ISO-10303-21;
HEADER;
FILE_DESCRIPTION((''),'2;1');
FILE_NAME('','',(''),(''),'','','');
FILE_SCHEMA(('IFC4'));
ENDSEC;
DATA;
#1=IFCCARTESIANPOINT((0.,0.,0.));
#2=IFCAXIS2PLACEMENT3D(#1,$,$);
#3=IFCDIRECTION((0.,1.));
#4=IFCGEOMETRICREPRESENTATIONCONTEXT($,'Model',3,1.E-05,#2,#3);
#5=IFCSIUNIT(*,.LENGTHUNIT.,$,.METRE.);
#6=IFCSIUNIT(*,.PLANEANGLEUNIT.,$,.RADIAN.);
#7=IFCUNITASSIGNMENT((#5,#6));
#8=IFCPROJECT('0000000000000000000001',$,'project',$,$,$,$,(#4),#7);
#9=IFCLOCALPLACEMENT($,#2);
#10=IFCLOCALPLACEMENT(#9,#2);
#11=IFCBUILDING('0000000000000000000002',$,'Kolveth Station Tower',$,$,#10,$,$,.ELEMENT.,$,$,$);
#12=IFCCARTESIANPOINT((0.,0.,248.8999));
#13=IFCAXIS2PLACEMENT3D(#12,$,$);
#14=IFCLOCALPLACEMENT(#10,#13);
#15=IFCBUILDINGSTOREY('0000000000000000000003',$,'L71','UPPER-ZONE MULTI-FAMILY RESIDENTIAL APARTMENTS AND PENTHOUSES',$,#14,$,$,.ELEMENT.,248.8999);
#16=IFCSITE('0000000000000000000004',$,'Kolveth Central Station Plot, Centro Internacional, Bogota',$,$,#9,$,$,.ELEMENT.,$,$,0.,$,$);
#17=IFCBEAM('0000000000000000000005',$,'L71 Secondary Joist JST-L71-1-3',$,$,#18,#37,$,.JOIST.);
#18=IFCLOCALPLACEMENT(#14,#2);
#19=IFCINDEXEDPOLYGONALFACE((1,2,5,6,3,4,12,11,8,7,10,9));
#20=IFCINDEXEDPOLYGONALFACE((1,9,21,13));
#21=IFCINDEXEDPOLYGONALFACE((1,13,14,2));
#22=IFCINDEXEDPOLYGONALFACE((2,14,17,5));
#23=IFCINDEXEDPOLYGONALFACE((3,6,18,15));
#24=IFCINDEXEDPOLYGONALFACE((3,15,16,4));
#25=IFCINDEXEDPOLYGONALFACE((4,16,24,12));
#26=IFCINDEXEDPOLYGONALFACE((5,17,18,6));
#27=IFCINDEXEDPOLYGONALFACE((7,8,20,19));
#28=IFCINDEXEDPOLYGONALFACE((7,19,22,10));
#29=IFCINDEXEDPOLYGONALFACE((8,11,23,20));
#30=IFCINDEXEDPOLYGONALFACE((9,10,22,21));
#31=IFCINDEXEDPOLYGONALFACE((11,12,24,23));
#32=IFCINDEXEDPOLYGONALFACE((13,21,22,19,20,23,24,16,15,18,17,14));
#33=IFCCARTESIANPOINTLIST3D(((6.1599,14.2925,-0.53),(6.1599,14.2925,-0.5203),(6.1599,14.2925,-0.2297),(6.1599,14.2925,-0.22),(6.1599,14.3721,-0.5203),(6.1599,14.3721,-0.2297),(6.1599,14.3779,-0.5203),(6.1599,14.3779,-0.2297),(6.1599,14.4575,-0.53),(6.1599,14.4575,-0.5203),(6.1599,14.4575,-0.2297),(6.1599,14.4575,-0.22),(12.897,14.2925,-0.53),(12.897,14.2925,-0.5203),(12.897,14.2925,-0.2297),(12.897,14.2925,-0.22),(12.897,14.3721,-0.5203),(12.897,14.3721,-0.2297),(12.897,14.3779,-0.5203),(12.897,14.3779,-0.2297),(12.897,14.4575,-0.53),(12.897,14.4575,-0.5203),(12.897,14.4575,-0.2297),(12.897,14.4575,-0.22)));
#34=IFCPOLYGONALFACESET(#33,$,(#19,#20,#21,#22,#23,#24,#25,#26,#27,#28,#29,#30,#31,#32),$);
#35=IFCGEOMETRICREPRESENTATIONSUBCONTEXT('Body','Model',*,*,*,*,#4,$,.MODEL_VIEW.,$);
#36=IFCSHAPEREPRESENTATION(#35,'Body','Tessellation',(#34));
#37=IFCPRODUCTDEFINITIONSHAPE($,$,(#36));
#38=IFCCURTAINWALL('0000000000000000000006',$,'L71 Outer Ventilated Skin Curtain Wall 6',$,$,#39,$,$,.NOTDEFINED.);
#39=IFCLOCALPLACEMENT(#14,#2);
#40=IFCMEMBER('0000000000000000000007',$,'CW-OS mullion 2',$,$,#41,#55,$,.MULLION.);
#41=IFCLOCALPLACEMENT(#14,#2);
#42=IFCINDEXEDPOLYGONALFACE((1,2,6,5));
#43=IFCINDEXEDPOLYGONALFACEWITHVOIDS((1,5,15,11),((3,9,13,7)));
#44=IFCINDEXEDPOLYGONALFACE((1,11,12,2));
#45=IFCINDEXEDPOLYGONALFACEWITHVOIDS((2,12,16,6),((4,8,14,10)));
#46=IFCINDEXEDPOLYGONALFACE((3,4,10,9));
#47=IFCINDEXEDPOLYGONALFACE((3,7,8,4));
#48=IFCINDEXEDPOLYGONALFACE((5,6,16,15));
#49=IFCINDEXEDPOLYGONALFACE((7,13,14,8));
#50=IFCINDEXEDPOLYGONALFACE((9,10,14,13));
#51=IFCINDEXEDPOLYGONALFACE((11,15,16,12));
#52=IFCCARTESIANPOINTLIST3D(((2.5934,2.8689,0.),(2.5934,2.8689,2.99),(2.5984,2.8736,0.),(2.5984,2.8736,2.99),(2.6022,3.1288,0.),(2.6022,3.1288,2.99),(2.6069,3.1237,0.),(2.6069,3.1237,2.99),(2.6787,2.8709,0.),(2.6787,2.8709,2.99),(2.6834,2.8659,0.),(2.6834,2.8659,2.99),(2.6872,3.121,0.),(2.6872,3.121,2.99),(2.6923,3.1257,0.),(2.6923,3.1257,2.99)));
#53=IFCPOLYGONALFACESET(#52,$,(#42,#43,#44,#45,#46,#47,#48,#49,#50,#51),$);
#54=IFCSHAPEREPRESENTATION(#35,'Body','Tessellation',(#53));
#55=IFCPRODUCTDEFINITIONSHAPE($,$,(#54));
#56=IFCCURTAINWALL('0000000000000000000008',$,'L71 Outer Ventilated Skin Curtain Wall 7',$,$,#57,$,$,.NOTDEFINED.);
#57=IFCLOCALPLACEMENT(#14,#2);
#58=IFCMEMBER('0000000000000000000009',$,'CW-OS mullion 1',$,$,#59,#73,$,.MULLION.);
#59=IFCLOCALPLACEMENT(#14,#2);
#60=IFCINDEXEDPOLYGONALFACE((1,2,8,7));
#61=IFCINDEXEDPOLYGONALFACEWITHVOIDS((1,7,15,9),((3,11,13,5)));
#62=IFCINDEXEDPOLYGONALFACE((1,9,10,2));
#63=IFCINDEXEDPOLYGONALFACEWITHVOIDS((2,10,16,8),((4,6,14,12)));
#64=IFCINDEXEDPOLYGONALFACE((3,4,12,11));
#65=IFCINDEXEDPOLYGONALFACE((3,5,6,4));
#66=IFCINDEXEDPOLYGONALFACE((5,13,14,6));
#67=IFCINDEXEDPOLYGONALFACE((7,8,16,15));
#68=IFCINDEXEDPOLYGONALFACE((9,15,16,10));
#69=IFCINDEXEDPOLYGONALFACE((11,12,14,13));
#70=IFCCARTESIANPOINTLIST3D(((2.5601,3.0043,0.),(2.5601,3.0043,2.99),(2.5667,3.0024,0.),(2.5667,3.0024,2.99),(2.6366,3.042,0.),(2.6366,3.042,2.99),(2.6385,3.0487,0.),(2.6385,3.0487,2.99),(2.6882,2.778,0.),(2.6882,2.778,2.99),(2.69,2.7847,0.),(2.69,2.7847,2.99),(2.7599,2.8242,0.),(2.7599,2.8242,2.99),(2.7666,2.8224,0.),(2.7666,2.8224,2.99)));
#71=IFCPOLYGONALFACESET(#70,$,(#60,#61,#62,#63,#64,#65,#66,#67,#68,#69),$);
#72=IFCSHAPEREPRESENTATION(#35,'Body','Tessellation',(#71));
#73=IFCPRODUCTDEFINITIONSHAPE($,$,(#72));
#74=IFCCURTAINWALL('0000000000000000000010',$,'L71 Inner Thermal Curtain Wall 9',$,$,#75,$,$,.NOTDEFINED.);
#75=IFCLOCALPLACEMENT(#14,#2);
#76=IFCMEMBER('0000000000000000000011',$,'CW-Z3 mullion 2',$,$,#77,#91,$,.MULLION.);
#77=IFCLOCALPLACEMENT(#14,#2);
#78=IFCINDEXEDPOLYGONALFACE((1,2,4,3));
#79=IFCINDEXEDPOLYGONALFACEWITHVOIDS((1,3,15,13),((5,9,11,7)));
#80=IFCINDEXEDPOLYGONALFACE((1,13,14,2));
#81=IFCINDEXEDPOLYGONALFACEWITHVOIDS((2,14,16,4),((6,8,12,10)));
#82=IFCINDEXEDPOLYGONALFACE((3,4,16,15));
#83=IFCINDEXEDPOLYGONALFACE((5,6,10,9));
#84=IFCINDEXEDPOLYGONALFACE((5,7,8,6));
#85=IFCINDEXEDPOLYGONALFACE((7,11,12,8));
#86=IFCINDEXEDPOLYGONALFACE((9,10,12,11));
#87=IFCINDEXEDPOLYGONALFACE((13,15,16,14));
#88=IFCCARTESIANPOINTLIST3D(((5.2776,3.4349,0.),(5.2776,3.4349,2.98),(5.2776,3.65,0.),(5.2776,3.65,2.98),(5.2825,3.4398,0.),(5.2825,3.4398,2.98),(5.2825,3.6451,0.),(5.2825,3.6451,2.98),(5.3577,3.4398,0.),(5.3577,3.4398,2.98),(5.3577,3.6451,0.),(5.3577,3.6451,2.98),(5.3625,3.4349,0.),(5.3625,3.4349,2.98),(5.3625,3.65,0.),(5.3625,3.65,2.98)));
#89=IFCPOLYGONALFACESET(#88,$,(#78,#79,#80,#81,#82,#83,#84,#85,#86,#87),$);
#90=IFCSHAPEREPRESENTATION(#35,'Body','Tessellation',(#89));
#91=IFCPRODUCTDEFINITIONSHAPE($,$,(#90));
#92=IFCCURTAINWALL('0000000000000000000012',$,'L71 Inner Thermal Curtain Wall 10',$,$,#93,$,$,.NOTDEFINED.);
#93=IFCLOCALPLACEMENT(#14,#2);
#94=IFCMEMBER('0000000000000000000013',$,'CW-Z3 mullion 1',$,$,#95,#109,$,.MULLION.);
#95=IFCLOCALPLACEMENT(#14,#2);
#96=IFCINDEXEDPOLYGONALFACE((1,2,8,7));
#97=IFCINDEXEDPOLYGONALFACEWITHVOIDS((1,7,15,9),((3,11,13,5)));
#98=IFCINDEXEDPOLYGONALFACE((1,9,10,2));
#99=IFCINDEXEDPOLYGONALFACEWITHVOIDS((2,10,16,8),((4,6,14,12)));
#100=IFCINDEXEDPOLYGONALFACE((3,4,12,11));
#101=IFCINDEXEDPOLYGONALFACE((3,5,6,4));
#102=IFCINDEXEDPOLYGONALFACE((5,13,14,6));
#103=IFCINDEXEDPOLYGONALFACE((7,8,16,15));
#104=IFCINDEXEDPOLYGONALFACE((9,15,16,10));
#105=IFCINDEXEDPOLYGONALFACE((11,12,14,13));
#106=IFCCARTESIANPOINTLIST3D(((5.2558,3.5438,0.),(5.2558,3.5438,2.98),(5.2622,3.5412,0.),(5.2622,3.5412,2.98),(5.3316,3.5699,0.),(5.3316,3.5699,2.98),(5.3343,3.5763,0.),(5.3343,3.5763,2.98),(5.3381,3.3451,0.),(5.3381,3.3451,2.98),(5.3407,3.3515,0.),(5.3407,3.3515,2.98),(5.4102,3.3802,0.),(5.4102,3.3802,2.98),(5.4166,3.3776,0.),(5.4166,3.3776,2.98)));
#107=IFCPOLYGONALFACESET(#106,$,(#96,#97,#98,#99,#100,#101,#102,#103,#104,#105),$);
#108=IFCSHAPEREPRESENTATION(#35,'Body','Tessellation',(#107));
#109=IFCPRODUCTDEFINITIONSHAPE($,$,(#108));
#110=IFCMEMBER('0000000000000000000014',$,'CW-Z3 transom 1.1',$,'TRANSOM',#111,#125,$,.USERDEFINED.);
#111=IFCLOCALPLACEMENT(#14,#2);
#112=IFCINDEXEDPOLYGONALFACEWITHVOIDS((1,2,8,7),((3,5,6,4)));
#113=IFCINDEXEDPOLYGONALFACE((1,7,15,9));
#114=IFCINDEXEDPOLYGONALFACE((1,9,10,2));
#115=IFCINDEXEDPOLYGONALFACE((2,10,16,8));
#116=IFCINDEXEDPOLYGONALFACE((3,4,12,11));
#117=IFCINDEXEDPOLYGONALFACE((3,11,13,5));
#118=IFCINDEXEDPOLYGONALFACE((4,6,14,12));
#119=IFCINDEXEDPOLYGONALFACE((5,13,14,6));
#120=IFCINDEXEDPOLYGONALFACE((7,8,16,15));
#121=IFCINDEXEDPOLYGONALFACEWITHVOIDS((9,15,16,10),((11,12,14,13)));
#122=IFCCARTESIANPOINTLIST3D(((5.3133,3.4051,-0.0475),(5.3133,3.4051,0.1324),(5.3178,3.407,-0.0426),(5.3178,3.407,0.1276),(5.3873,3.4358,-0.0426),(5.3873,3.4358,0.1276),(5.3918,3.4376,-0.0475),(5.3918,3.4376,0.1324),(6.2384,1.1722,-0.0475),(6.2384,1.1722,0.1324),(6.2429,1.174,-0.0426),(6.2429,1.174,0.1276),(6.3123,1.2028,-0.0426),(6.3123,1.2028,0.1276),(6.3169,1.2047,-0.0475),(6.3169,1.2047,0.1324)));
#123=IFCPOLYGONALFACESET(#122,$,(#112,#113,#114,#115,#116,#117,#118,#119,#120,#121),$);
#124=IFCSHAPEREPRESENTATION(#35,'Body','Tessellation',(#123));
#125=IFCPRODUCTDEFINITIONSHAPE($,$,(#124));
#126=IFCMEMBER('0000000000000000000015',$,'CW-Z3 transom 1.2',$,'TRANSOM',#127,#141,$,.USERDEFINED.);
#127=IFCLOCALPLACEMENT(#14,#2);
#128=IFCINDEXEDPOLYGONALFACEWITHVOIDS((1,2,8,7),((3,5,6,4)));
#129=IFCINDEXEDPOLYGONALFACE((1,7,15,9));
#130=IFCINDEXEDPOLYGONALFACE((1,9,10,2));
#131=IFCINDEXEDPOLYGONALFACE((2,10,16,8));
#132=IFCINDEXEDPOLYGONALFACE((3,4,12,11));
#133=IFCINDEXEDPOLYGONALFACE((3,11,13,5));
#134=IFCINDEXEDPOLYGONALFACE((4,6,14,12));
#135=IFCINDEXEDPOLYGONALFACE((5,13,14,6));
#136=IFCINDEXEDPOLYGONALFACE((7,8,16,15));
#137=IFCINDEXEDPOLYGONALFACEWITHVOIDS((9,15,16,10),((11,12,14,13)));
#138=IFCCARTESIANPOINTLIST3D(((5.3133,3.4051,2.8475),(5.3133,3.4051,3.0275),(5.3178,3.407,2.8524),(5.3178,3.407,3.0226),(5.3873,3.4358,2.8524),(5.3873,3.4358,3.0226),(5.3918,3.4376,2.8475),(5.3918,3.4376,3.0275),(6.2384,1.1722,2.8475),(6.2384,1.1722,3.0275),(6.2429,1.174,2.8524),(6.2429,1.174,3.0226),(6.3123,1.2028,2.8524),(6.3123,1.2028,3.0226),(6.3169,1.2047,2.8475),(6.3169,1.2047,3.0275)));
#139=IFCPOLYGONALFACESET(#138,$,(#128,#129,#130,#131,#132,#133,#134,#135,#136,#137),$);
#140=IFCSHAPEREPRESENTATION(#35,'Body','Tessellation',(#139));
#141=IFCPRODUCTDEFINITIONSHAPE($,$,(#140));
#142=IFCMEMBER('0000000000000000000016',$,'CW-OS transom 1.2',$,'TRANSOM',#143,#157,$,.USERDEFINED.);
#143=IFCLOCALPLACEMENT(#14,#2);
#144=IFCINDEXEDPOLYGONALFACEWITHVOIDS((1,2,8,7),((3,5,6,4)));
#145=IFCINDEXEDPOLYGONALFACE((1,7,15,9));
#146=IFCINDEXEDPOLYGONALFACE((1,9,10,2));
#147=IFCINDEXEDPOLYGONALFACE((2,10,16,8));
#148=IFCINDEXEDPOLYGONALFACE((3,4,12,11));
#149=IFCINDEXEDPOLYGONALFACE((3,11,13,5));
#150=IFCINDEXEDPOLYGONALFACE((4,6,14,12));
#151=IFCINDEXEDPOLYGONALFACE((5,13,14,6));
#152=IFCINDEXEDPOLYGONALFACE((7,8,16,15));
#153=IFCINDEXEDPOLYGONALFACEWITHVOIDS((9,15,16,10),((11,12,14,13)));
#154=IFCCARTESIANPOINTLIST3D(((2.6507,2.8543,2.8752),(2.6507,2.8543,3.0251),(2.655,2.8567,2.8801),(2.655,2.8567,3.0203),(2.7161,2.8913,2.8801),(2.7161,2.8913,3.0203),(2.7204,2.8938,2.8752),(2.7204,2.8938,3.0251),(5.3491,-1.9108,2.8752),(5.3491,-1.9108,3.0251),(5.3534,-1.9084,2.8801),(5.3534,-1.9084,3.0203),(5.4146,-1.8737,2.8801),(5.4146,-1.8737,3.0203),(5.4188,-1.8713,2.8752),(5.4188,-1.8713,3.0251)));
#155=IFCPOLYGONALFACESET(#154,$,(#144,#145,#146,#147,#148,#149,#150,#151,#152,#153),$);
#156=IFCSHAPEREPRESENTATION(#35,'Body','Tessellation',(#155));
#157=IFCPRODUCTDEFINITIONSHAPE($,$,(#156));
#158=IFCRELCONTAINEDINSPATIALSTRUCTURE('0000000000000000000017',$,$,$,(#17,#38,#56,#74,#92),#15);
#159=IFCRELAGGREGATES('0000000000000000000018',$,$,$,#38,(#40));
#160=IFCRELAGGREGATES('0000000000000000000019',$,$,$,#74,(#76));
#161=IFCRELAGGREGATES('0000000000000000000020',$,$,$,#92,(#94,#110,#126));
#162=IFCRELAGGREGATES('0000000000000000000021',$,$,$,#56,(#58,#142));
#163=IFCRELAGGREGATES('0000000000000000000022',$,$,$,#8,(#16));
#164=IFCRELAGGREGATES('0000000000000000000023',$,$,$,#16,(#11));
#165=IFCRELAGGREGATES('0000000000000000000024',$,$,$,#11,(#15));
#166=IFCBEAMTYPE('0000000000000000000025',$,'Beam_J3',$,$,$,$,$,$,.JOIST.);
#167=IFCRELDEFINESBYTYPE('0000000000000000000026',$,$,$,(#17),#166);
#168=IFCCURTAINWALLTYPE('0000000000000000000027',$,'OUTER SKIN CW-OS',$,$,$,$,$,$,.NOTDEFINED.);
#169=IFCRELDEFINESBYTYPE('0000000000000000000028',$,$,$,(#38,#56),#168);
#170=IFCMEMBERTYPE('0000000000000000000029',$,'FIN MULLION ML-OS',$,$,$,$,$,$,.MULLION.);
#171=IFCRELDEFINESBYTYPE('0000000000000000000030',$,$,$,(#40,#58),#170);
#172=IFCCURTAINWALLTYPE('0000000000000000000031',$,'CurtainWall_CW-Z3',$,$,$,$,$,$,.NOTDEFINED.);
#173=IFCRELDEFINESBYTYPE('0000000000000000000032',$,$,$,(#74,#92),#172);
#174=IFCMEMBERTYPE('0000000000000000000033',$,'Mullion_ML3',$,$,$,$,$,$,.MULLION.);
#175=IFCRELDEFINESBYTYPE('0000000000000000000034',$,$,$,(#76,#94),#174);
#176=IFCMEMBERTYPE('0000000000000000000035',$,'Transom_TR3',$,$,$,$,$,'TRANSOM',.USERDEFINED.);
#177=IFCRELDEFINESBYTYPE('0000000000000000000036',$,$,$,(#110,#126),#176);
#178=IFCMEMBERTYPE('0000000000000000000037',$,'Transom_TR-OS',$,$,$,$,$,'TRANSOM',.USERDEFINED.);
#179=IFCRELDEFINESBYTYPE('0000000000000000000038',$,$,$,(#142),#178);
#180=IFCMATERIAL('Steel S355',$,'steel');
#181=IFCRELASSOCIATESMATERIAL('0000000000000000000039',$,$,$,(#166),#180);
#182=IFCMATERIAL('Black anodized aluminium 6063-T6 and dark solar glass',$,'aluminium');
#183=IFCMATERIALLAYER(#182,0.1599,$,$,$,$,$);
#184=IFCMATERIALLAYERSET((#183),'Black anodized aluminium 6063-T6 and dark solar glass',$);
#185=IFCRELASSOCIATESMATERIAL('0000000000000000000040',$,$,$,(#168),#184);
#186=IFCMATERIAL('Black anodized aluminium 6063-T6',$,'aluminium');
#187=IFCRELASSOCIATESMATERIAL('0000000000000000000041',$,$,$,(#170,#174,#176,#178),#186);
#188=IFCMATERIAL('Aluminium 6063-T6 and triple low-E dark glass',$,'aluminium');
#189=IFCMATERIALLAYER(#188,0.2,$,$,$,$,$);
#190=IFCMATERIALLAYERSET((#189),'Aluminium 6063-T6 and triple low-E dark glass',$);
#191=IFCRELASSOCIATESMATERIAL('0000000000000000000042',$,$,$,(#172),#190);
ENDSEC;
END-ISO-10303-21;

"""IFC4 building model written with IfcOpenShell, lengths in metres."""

from ifc_helpers import new_model, si_unit, direction, frame, origin, origin_2d, place, context, subcontext, project, spatial, hollow_rectangle, i_section, extrude, source, transform, mapped, material, layer, layer_set, material_profile, profile_set, type_object, element, aggregate, save


model = new_model("IFC4")

# Units and contexts
model_context = context("Model", 3, precision=1e-05, world=origin(), true_north=direction((0.0, 1.0)))
body_context = subcontext(model_context, "Body", "Model", "MODEL_VIEW")
ifc_project = project(units=[si_unit("LENGTHUNIT", "METRE"), si_unit("PLANEANGLEUNIT", "RADIAN")], contexts=[model_context])

# Site, building, storey
site_placement = place(None, origin())
site = spatial("IfcSite", under=ifc_project, at=site_placement, Name="Kolveth Central Station Plot, Centro Internacional, Bogota", CompositionType="ELEMENT", RefElevation=0.0)
building_placement = place(site_placement, origin())
building = spatial("IfcBuilding", under=site, at=building_placement, Name="Kolveth Station Tower", CompositionType="ELEMENT")
storey_placement = place(building_placement, frame((0.0, 0.0, 248.8999)))
storey = spatial("IfcBuildingStorey", under=building, at=storey_placement, Name="L71", Description="UPPER-ZONE MULTI-FAMILY RESIDENTIAL APARTMENTS AND PENTHOUSES", CompositionType="ELEMENT", Elevation=248.8999)

# Shared definitions
ifc_material_1 = material(Name="Steel S355", Category="steel")

# Beam
ifc_material_profile_1 = material_profile(ifc_material_1, i_section(OverallWidth=0.165, OverallDepth=0.3101, WebThickness=0.0059, FlangeThickness=0.0098, at=origin_2d()), Name="W310x39")
ifc_profile_set_1 = profile_set([ifc_material_profile_1], Name="Steel S355")
beam_type_1 = type_object("IfcBeamType", Name="Beam_J3", PredefinedType="JOIST", material=ifc_profile_set_1)
shared_shape_1 = source(origin(), body_context, "Body", "SweptSolid", [
    extrude(i_section(OverallWidth=0.165, OverallDepth=0.3101, WebThickness=0.0059, FlangeThickness=0.0098, at=origin_2d()), origin(), (0.0, 0.0, 1.0), 6.7371),
])
for number, where, z_axis, x_axis, name in (
    (1, (6.1599, 14.375, -0.375), (1.0, 0.0, 0.0), (0.0, 1.0, 0.0), "L71 Secondary Joist JST-L71-1-3"),
):
    element("IfcBeam", number, at=place(storey_placement, frame(where, z_axis=z_axis, x_axis=x_axis)), inside=storey, type_object=beam_type_1, Name=name, PredefinedType="JOIST", context=body_context, shape_type="MappedRepresentation", body=[
        mapped(shared_shape_1, transform((0.0, 0.0, 0.0), x_axis=(1.0, 0.0, 0.0), y_axis=(0.0, 1.0, 0.0), z_axis=(0.0, 0.0, 1.0), scale=1.0)),
    ])

# Curtain walls, members
ifc_material_2 = material(Name="Black anodized aluminium 6063-T6 and dark solar glass", Category="aluminium")
ifc_layer_1 = layer(ifc_material_2, 0.1599)
ifc_layer_set_1 = layer_set([ifc_layer_1], Name="Black anodized aluminium 6063-T6 and dark solar glass")
curtain_wall_type_1 = type_object("IfcCurtainWallType", Name="OUTER SKIN CW-OS", PredefinedType="NOTDEFINED", material=ifc_layer_set_1)
curtain_wall_1_placement = place(storey_placement, origin())
curtain_wall_1 = element("IfcCurtainWall", 2, at=curtain_wall_1_placement, inside=storey, type_object=curtain_wall_type_1, Name="L71 Outer Ventilated Skin Curtain Wall 6", PredefinedType="NOTDEFINED")
ifc_material_3 = material(Name="Black anodized aluminium 6063-T6", Category="aluminium")
ifc_material_profile_2 = material_profile(ifc_material_3, hollow_rectangle(XDim=0.0901, YDim=0.26, WallThickness=0.0049, at=origin_2d()), Name="ALU-90x260x5")
ifc_profile_set_2 = profile_set([ifc_material_profile_2], Name="Black anodized aluminium 6063-T6")
member_type_1 = type_object("IfcMemberType", Name="FIN MULLION ML-OS", PredefinedType="MULLION", material=ifc_profile_set_2)
shared_shape_2 = source(origin(), body_context, "Body", "SweptSolid", [
    extrude(hollow_rectangle(XDim=0.0901, YDim=0.26, WallThickness=0.0049, at=origin_2d()), origin(), (0.0, 0.0, 1.0), 2.99),
])
member_1_placement = place(storey_placement, frame((2.6428, 2.9973, 0.0), z_axis=(0.0, 0.0, 1.0), x_axis=(0.999421, -0.034027, 0.0)))
member_1 = element("IfcMember", 3, at=member_1_placement, type_object=member_type_1, Name="CW-OS mullion 2", PredefinedType="MULLION", context=body_context, shape_type="MappedRepresentation", body=[
    mapped(shared_shape_2, transform((0.0, 0.0, 0.0), x_axis=(1.0, 0.0, 0.0), y_axis=(0.0, 1.0, 0.0), z_axis=(0.0, 0.0, 1.0), scale=1.0)),
])
aggregate(curtain_wall_1, [member_1])
curtain_wall_2_placement = place(storey_placement, origin())
curtain_wall_2 = element("IfcCurtainWall", 4, at=curtain_wall_2_placement, inside=storey, type_object=curtain_wall_type_1, Name="L71 Outer Ventilated Skin Curtain Wall 7", PredefinedType="NOTDEFINED")
member_2_placement = place(storey_placement, frame((2.6633, 2.9133, 0.0), z_axis=(0.0, 0.0, 1.0), x_axis=(0.87016, 0.492769, 0.0)))
member_2 = element("IfcMember", 5, at=member_2_placement, type_object=member_type_1, Name="CW-OS mullion 1", PredefinedType="MULLION", context=body_context, shape_type="MappedRepresentation", body=[
    mapped(shared_shape_2, transform((0.0, 0.0, 0.0), x_axis=(1.0, 0.0, 0.0), y_axis=(0.0, 1.0, 0.0), z_axis=(0.0, 0.0, 1.0), scale=1.0)),
])
ifc_material_4 = material(Name="Aluminium 6063-T6 and triple low-E dark glass", Category="aluminium")
ifc_layer_2 = layer(ifc_material_4, 0.2)
ifc_layer_set_2 = layer_set([ifc_layer_2], Name="Aluminium 6063-T6 and triple low-E dark glass")
curtain_wall_type_2 = type_object("IfcCurtainWallType", Name="CurtainWall_CW-Z3", PredefinedType="NOTDEFINED", material=ifc_layer_set_2)
curtain_wall_3_placement = place(storey_placement, origin())
curtain_wall_3 = element("IfcCurtainWall", 6, at=curtain_wall_3_placement, inside=storey, type_object=curtain_wall_type_2, Name="L71 Inner Thermal Curtain Wall 9", PredefinedType="NOTDEFINED")
ifc_material_profile_3 = material_profile(ifc_material_3, hollow_rectangle(XDim=0.085, YDim=0.2151, WallThickness=0.0049, at=origin_2d()), Name="ALU-85x215x5")
ifc_profile_set_3 = profile_set([ifc_material_profile_3], Name="Black anodized aluminium 6063-T6")
member_type_2 = type_object("IfcMemberType", Name="Mullion_ML3", PredefinedType="MULLION", material=ifc_profile_set_3)
shared_shape_3 = source(origin(), body_context, "Body", "SweptSolid", [
    extrude(hollow_rectangle(XDim=0.085, YDim=0.2151, WallThickness=0.0049, at=origin_2d()), origin(), (0.0, 0.0, 1.0), 2.98),
])
member_3_placement = place(storey_placement, frame((5.3201, 3.5425, 0.0), z_axis=(0.0, 0.0, 1.0), x_axis=(1.0, 0.0, 0.0)))
member_3 = element("IfcMember", 7, at=member_3_placement, type_object=member_type_2, Name="CW-Z3 mullion 2", PredefinedType="MULLION", context=body_context, shape_type="MappedRepresentation", body=[
    mapped(shared_shape_3, transform((0.0, 0.0, 0.0), x_axis=(1.0, 0.0, 0.0), y_axis=(0.0, 1.0, 0.0), z_axis=(0.0, 0.0, 1.0), scale=1.0)),
])
aggregate(curtain_wall_3, [member_3])

# Curtain wall, members
curtain_wall_4_placement = place(storey_placement, origin())
curtain_wall_4 = element("IfcCurtainWall", 8, at=curtain_wall_4_placement, inside=storey, type_object=curtain_wall_type_2, Name="L71 Inner Thermal Curtain Wall 10", PredefinedType="NOTDEFINED")
member_4_placement = place(storey_placement, frame((5.3362, 3.4607, 0.0), z_axis=(0.0, 0.0, 1.0), x_axis=(0.923875, 0.382693, 0.0)))
member_4 = element("IfcMember", 9, at=member_4_placement, type_object=member_type_2, Name="CW-Z3 mullion 1", PredefinedType="MULLION", context=body_context, shape_type="MappedRepresentation", body=[
    mapped(shared_shape_3, transform((0.0, 0.0, 0.0), x_axis=(1.0, 0.0, 0.0), y_axis=(0.0, 1.0, 0.0), z_axis=(0.0, 0.0, 1.0), scale=1.0)),
])
ifc_material_profile_4 = material_profile(ifc_material_3, hollow_rectangle(XDim=0.085, YDim=0.1799, WallThickness=0.0049, at=origin_2d()), Name="ALU-85x180x5")
ifc_profile_set_4 = profile_set([ifc_material_profile_4], Name="Black anodized aluminium 6063-T6")
member_type_3 = type_object("IfcMemberType", Name="Transom_TR3", ElementType="TRANSOM", PredefinedType="USERDEFINED", material=ifc_profile_set_4)
shared_shape_4 = source(origin(), body_context, "Body", "SweptSolid", [
    extrude(hollow_rectangle(XDim=0.085, YDim=0.1799, WallThickness=0.0049, at=origin_2d()), origin(), (0.0, 0.0, 1.0), 2.417),
])
member_5_placement = place(storey_placement, frame((5.3525, 3.4214, 0.0425), z_axis=(0.382735, -0.923858, 0.0), x_axis=(0.923858, 0.382735, 0.0)))
member_5 = element("IfcMember", 10, at=member_5_placement, type_object=member_type_3, Name="CW-Z3 transom 1.1", ObjectType="TRANSOM", PredefinedType="USERDEFINED", context=body_context, shape_type="MappedRepresentation", body=[
    mapped(shared_shape_4, transform((0.0, 0.0, 0.0), x_axis=(1.0, 0.0, 0.0), y_axis=(0.0, 1.0, 0.0), z_axis=(0.0, 0.0, 1.0), scale=1.0)),
])
member_6_placement = place(storey_placement, frame((5.3525, 3.4214, 2.9375), z_axis=(0.382735, -0.923858, 0.0), x_axis=(0.923858, 0.382735, 0.0)))
member_6 = element("IfcMember", 11, at=member_6_placement, type_object=member_type_3, Name="CW-Z3 transom 1.2", ObjectType="TRANSOM", PredefinedType="USERDEFINED", context=body_context, shape_type="MappedRepresentation", body=[
    mapped(shared_shape_4, transform((0.0, 0.0, 0.0), x_axis=(1.0, 0.0, 0.0), y_axis=(0.0, 1.0, 0.0), z_axis=(0.0, 0.0, 1.0), scale=1.0)),
])
aggregate(curtain_wall_4, [member_4, member_5, member_6])

# Member
ifc_material_profile_5 = material_profile(ifc_material_3, hollow_rectangle(XDim=0.0801, YDim=0.1499, WallThickness=0.0049, at=origin_2d()), Name="ALU-80x150x5")
ifc_profile_set_5 = profile_set([ifc_material_profile_5], Name="Black anodized aluminium 6063-T6")
member_type_4 = type_object("IfcMemberType", Name="Transom_TR-OS", ElementType="TRANSOM", PredefinedType="USERDEFINED", material=ifc_profile_set_5)
shared_shape_5 = source(origin(), body_context, "Body", "SweptSolid", [
    extrude(hollow_rectangle(XDim=0.0801, YDim=0.1499, WallThickness=0.0049, at=origin_2d()), origin(), (0.0, 0.0, 1.0), 5.4761),
])
member_7_placement = place(storey_placement, frame((2.6855, 2.874, 2.9502), z_axis=(0.49277, -0.87016, 0.0), x_axis=(0.87016, 0.49277, 0.0)))
member_7 = element("IfcMember", 12, at=member_7_placement, type_object=member_type_4, Name="CW-OS transom 1.2", ObjectType="TRANSOM", PredefinedType="USERDEFINED", context=body_context, shape_type="MappedRepresentation", body=[
    mapped(shared_shape_5, transform((0.0, 0.0, 0.0), x_axis=(1.0, 0.0, 0.0), y_axis=(0.0, 1.0, 0.0), z_axis=(0.0, 0.0, 1.0), scale=1.0)),
])
aggregate(curtain_wall_2, [member_2, member_7])

save(model, "model.ifc")
